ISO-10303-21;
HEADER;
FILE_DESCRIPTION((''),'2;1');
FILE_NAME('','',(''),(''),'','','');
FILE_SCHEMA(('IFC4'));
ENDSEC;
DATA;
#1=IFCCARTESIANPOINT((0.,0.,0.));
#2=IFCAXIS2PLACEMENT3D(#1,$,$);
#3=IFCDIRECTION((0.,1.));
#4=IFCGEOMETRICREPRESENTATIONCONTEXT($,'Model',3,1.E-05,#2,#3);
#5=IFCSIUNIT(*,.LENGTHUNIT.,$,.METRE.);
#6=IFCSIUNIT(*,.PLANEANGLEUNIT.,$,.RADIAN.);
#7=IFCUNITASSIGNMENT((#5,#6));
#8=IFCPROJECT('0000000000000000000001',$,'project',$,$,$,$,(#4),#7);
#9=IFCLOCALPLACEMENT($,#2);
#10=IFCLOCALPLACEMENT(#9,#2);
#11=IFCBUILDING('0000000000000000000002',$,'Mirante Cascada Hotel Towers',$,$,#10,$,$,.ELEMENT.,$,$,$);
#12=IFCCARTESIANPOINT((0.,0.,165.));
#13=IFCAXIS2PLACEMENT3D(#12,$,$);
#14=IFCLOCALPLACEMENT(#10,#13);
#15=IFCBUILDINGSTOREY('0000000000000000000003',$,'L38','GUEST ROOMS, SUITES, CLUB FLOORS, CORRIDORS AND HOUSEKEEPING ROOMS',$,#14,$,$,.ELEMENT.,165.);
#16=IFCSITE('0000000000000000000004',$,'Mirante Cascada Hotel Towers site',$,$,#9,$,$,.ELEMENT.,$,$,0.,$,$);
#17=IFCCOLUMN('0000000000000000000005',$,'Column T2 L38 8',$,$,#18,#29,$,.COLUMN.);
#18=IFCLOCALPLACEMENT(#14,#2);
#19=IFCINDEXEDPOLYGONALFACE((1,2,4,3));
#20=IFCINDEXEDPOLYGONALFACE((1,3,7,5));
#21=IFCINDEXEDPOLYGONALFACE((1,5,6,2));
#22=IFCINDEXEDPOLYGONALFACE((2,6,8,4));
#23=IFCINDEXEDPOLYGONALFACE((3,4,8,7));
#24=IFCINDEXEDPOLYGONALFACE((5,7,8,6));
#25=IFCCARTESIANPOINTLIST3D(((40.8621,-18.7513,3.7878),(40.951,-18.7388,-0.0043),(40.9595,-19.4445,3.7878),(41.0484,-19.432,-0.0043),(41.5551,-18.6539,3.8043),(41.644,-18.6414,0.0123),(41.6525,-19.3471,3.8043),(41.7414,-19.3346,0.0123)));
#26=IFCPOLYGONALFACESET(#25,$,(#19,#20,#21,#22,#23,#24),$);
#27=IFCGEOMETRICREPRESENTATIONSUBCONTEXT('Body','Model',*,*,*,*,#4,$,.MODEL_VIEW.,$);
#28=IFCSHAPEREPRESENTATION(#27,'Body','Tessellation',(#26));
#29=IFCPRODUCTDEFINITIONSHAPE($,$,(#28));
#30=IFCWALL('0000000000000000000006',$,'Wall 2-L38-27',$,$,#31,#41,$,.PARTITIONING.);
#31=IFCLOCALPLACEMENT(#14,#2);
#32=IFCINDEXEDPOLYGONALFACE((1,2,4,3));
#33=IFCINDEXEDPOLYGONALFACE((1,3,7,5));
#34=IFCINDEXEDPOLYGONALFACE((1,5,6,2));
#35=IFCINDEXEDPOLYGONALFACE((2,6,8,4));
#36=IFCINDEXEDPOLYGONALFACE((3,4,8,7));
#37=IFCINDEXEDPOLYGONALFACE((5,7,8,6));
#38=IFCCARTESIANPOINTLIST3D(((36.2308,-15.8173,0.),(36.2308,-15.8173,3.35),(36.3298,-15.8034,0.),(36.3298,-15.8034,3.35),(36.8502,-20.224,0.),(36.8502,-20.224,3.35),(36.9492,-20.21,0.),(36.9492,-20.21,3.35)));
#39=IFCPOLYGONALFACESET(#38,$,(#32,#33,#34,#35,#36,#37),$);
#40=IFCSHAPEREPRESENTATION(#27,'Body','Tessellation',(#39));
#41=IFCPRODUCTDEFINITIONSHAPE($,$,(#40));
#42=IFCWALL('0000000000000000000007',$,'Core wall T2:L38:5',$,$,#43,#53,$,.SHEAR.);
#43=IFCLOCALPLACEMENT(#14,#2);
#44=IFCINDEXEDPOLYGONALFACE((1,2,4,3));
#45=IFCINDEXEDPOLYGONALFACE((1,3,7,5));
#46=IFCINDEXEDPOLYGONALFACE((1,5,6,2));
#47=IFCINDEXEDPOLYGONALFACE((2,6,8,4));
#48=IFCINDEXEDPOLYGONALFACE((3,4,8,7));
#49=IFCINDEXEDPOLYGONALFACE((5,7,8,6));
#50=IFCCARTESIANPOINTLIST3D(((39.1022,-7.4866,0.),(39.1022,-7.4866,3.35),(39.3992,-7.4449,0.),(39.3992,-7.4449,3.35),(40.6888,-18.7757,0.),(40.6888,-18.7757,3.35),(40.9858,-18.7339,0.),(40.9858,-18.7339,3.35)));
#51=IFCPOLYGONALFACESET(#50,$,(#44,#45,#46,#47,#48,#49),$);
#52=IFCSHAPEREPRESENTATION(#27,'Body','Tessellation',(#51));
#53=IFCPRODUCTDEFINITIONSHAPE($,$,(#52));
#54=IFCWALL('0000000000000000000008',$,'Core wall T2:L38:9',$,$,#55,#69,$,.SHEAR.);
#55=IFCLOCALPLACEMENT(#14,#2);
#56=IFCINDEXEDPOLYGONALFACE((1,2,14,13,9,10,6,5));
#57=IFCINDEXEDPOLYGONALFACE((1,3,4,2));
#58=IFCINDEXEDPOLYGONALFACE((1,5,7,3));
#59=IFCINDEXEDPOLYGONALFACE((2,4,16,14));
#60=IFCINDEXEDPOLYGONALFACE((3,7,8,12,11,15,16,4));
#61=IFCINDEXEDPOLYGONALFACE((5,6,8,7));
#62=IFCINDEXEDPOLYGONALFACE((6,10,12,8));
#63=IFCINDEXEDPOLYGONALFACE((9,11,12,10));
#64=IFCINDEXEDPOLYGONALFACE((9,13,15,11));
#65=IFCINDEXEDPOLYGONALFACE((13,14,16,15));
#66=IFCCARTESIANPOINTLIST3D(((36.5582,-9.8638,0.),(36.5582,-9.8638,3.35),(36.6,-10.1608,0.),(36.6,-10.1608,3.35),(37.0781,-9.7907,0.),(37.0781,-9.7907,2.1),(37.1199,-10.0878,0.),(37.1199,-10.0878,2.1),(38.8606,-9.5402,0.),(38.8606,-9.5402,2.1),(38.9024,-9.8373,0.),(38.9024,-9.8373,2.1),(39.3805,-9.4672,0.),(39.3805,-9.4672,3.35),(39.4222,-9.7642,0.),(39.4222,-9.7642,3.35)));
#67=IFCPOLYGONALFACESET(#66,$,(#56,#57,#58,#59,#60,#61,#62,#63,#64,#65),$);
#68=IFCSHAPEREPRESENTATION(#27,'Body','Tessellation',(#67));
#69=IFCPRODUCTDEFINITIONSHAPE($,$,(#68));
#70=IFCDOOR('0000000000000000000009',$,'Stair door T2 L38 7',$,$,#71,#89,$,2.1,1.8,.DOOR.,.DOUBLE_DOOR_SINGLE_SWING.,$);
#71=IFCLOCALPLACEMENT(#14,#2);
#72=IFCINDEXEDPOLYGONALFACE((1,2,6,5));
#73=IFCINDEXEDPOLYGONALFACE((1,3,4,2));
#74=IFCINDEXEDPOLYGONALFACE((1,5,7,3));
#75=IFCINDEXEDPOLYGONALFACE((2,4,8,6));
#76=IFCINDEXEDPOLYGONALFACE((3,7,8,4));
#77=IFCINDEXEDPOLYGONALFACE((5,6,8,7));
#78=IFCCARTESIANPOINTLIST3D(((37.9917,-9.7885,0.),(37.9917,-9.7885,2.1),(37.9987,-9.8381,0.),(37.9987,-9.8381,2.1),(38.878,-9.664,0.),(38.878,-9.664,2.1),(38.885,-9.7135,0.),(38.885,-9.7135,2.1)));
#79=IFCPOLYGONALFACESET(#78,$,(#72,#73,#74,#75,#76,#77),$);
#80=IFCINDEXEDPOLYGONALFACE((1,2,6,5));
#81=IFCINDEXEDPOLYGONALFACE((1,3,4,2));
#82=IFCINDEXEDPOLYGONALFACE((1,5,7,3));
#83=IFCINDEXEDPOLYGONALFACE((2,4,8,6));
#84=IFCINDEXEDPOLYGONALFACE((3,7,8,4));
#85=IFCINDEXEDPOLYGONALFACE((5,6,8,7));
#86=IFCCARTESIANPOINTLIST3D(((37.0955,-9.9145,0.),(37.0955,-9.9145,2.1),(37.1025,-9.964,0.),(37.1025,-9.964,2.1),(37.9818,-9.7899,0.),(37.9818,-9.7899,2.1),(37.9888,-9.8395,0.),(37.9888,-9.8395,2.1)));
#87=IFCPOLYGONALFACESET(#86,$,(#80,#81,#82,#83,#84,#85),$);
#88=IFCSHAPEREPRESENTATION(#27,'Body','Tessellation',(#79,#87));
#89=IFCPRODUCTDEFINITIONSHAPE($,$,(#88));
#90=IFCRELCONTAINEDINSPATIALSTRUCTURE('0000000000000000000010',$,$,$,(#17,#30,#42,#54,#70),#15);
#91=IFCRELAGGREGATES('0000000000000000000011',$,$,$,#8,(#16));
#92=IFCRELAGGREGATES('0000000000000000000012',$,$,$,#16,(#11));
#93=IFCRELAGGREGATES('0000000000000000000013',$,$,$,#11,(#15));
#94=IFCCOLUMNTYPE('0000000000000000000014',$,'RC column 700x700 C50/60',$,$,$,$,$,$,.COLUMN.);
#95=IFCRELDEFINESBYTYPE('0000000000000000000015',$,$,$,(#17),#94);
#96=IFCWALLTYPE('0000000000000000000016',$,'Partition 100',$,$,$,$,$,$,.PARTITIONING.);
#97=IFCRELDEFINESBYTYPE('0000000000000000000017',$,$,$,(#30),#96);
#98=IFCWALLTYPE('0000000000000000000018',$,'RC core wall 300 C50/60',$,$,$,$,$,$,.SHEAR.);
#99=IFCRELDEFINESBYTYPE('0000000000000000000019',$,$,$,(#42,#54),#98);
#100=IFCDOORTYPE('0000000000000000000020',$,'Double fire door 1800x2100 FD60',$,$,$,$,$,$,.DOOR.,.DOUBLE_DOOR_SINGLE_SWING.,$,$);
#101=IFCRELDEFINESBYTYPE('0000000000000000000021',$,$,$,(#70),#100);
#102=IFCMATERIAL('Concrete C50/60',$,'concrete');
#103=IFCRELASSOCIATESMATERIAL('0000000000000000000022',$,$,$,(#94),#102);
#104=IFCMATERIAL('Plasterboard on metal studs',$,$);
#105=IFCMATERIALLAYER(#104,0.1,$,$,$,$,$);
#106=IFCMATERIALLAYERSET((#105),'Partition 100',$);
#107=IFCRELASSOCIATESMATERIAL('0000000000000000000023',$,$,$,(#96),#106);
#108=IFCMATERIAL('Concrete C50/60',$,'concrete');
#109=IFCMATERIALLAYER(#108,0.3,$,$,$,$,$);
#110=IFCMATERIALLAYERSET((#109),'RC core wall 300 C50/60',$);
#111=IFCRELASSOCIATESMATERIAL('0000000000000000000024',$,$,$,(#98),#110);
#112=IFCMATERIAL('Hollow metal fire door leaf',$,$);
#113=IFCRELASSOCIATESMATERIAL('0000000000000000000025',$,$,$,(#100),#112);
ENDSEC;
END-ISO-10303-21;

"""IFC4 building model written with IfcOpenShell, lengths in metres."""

from ifc_helpers import new_model, si_unit, direction, frame, frame_2d, origin, origin_2d, place, context, subcontext, project, spatial, rectangle, extrude, material, layer, layer_set, material_profile, profile_set, type_object, element, fill, save


model = new_model("IFC4")

# Units and contexts
model_context = context("Model", 3, precision=1e-05, world=origin(), true_north=direction((0.0, 1.0)))
body_context = subcontext(model_context, "Body", "Model", "MODEL_VIEW")
ifc_project = project(units=[si_unit("LENGTHUNIT", "METRE"), si_unit("PLANEANGLEUNIT", "RADIAN")], contexts=[model_context])

# Site, building, storey
site_placement = place(None, origin())
site = spatial("IfcSite", under=ifc_project, at=site_placement, Name="Mirante Cascada Hotel Towers site", CompositionType="ELEMENT", RefElevation=0.0)
building_placement = place(site_placement, origin())
building = spatial("IfcBuilding", under=site, at=building_placement, Name="Mirante Cascada Hotel Towers", CompositionType="ELEMENT")
storey_placement = place(building_placement, frame((0.0, 0.0, 165.0)))
storey = spatial("IfcBuildingStorey", under=building, at=storey_placement, Name="L38", Description="GUEST ROOMS, SUITES, CLUB FLOORS, CORRIDORS AND HOUSEKEEPING ROOMS", CompositionType="ELEMENT", Elevation=165.0)

# Column
ifc_material_1 = material(Name="Concrete C50/60", Category="concrete")
ifc_material_profile = material_profile(ifc_material_1, rectangle(XDim=0.7, YDim=0.7, at=origin_2d()), Name="RC column 700x700 C50/60")
ifc_profile_set = profile_set([ifc_material_profile], Name="Concrete C50/60")
column_type = type_object("IfcColumnType", Name="RC column 700x700 C50/60", PredefinedType="COLUMN", material=ifc_profile_set)
column_placement = place(storey_placement, frame((41.3462, -19.0367, 0.004), z_axis=(-0.023438, -0.003295, 0.99972), x_axis=(0.139238, -0.990259, 0.0)))
element("IfcColumn", 1, at=column_placement, inside=storey, type_object=column_type, Name="Column T2 L38 8", PredefinedType="COLUMN", context=body_context, shape_type="SweptSolid", body=[
    extrude(rectangle(XDim=0.7, YDim=0.7, at=origin_2d()), origin(), (0.0, 0.0, 1.0), 3.7931),
])

# Walls
ifc_material_2 = material(Name="Plasterboard on metal studs")
ifc_layer_1 = layer(ifc_material_2, 0.1)
ifc_layer_set_1 = layer_set([ifc_layer_1], Name="Partition 100")
wall_type_1 = type_object("IfcWallType", Name="Partition 100", PredefinedType="PARTITIONING", material=ifc_layer_set_1)
wall_1_placement = place(storey_placement, frame((36.8997, -20.217, 0.0), z_axis=(0.0, 0.0, 1.0), x_axis=(-0.13919, 0.990266, 0.0)))
element("IfcWall", 2, at=wall_1_placement, inside=storey, type_object=wall_type_1, Name="Wall 2-L38-27", PredefinedType="PARTITIONING", context=body_context, shape_type="SweptSolid", body=[
    extrude(rectangle(XDim=4.45, YDim=0.1, at=frame_2d((2.225, 0.0))), origin(), (0.0, 0.0, 1.0), 3.35),
])
ifc_material_3 = material(Name="Concrete C50/60", Category="concrete")
ifc_layer_2 = layer(ifc_material_3, 0.3)
ifc_layer_set_2 = layer_set([ifc_layer_2], Name="RC core wall 300 C50/60")
wall_type_2 = type_object("IfcWallType", Name="RC core wall 300 C50/60", PredefinedType="SHEAR", material=ifc_layer_set_2)
wall_2_placement = place(storey_placement, frame((40.8373, -18.7548, 0.0), z_axis=(0.0, 0.0, 1.0), x_axis=(-0.139175, 0.990268, 0.0)))
element("IfcWall", 3, at=wall_2_placement, inside=storey, type_object=wall_type_2, Name="Core wall T2:L38:5", PredefinedType="SHEAR", context=body_context, shape_type="SweptSolid", body=[
    extrude(rectangle(XDim=11.4, YDim=0.3, at=frame_2d((5.7, 0.0))), origin(), (0.0, 0.0, 1.0), 3.35),
])

# Wall, opening, door
wall_3_placement = place(storey_placement, frame((36.5791, -10.0123, 0.0), z_axis=(0.0, 0.0, 1.0), x_axis=(0.99027, 0.139156, 0.0)))
wall_3 = element("IfcWall", 4, at=wall_3_placement, inside=storey, type_object=wall_type_2, Name="Core wall T2:L38:9", PredefinedType="SHEAR", context=body_context, shape_type="SweptSolid", body=[
    extrude(rectangle(XDim=2.85, YDim=0.3, at=frame_2d((1.425, 0.0))), origin(), (0.0, 0.0, 1.0), 3.35),
])
opening_1_placement = place(wall_3_placement, frame((0.525, 0.0, 0.0)))
opening_1 = element("IfcOpeningElement", 5, at=opening_1_placement, cuts=wall_3, PredefinedType="OPENING", context=body_context, shape_type="SweptSolid", body=[
    extrude(rectangle(XDim=1.8, YDim=2.1, at=frame_2d((0.9, 1.05))), frame((0.0, 0.15, 0.0), z_axis=(0.0, -1.0, 0.0), x_axis=(1.0, 0.0, 0.0)), (0.0, 0.0, 1.0), 0.3),
])
ifc_material_4 = material(Name="Hollow metal fire door leaf")
door_type_1 = type_object("IfcDoorType", Name="Double fire door 1800x2100 FD60", OperationType="DOUBLE_DOOR_SINGLE_SWING", PredefinedType="DOOR", material=ifc_material_4)
door_1_placement = place(opening_1_placement, frame((1.8, 0.0, 0.0), z_axis=(0.0, 0.0, 1.0), x_axis=(-1.0, 0.0, 0.0)))
door_1 = element("IfcDoor", 6, at=door_1_placement, inside=storey, type_object=door_type_1, Name="Stair door T2 L38 7", OperationType="DOUBLE_DOOR_SINGLE_SWING", OverallHeight=2.1, OverallWidth=1.8, PredefinedType="DOOR", context=body_context, shape_type="SweptSolid", body=[
    extrude(rectangle(XDim=0.895, YDim=2.1, at=frame_2d((0.4475, 1.05))), frame((0.0, 0.025, 0.0), z_axis=(0.0, -1.0, 0.0), x_axis=(1.0, 0.0, 0.0)), (0.0, 0.0, 1.0), 0.05),
    extrude(rectangle(XDim=0.895, YDim=2.1, at=frame_2d((1.3525, 1.05))), frame((0.0, 0.025, 0.0), z_axis=(0.0, -1.0, 0.0), x_axis=(1.0, 0.0, 0.0)), (0.0, 0.0, 1.0), 0.05),
])
fill(opening_1, door_1)

save(model, "model.ifc")
